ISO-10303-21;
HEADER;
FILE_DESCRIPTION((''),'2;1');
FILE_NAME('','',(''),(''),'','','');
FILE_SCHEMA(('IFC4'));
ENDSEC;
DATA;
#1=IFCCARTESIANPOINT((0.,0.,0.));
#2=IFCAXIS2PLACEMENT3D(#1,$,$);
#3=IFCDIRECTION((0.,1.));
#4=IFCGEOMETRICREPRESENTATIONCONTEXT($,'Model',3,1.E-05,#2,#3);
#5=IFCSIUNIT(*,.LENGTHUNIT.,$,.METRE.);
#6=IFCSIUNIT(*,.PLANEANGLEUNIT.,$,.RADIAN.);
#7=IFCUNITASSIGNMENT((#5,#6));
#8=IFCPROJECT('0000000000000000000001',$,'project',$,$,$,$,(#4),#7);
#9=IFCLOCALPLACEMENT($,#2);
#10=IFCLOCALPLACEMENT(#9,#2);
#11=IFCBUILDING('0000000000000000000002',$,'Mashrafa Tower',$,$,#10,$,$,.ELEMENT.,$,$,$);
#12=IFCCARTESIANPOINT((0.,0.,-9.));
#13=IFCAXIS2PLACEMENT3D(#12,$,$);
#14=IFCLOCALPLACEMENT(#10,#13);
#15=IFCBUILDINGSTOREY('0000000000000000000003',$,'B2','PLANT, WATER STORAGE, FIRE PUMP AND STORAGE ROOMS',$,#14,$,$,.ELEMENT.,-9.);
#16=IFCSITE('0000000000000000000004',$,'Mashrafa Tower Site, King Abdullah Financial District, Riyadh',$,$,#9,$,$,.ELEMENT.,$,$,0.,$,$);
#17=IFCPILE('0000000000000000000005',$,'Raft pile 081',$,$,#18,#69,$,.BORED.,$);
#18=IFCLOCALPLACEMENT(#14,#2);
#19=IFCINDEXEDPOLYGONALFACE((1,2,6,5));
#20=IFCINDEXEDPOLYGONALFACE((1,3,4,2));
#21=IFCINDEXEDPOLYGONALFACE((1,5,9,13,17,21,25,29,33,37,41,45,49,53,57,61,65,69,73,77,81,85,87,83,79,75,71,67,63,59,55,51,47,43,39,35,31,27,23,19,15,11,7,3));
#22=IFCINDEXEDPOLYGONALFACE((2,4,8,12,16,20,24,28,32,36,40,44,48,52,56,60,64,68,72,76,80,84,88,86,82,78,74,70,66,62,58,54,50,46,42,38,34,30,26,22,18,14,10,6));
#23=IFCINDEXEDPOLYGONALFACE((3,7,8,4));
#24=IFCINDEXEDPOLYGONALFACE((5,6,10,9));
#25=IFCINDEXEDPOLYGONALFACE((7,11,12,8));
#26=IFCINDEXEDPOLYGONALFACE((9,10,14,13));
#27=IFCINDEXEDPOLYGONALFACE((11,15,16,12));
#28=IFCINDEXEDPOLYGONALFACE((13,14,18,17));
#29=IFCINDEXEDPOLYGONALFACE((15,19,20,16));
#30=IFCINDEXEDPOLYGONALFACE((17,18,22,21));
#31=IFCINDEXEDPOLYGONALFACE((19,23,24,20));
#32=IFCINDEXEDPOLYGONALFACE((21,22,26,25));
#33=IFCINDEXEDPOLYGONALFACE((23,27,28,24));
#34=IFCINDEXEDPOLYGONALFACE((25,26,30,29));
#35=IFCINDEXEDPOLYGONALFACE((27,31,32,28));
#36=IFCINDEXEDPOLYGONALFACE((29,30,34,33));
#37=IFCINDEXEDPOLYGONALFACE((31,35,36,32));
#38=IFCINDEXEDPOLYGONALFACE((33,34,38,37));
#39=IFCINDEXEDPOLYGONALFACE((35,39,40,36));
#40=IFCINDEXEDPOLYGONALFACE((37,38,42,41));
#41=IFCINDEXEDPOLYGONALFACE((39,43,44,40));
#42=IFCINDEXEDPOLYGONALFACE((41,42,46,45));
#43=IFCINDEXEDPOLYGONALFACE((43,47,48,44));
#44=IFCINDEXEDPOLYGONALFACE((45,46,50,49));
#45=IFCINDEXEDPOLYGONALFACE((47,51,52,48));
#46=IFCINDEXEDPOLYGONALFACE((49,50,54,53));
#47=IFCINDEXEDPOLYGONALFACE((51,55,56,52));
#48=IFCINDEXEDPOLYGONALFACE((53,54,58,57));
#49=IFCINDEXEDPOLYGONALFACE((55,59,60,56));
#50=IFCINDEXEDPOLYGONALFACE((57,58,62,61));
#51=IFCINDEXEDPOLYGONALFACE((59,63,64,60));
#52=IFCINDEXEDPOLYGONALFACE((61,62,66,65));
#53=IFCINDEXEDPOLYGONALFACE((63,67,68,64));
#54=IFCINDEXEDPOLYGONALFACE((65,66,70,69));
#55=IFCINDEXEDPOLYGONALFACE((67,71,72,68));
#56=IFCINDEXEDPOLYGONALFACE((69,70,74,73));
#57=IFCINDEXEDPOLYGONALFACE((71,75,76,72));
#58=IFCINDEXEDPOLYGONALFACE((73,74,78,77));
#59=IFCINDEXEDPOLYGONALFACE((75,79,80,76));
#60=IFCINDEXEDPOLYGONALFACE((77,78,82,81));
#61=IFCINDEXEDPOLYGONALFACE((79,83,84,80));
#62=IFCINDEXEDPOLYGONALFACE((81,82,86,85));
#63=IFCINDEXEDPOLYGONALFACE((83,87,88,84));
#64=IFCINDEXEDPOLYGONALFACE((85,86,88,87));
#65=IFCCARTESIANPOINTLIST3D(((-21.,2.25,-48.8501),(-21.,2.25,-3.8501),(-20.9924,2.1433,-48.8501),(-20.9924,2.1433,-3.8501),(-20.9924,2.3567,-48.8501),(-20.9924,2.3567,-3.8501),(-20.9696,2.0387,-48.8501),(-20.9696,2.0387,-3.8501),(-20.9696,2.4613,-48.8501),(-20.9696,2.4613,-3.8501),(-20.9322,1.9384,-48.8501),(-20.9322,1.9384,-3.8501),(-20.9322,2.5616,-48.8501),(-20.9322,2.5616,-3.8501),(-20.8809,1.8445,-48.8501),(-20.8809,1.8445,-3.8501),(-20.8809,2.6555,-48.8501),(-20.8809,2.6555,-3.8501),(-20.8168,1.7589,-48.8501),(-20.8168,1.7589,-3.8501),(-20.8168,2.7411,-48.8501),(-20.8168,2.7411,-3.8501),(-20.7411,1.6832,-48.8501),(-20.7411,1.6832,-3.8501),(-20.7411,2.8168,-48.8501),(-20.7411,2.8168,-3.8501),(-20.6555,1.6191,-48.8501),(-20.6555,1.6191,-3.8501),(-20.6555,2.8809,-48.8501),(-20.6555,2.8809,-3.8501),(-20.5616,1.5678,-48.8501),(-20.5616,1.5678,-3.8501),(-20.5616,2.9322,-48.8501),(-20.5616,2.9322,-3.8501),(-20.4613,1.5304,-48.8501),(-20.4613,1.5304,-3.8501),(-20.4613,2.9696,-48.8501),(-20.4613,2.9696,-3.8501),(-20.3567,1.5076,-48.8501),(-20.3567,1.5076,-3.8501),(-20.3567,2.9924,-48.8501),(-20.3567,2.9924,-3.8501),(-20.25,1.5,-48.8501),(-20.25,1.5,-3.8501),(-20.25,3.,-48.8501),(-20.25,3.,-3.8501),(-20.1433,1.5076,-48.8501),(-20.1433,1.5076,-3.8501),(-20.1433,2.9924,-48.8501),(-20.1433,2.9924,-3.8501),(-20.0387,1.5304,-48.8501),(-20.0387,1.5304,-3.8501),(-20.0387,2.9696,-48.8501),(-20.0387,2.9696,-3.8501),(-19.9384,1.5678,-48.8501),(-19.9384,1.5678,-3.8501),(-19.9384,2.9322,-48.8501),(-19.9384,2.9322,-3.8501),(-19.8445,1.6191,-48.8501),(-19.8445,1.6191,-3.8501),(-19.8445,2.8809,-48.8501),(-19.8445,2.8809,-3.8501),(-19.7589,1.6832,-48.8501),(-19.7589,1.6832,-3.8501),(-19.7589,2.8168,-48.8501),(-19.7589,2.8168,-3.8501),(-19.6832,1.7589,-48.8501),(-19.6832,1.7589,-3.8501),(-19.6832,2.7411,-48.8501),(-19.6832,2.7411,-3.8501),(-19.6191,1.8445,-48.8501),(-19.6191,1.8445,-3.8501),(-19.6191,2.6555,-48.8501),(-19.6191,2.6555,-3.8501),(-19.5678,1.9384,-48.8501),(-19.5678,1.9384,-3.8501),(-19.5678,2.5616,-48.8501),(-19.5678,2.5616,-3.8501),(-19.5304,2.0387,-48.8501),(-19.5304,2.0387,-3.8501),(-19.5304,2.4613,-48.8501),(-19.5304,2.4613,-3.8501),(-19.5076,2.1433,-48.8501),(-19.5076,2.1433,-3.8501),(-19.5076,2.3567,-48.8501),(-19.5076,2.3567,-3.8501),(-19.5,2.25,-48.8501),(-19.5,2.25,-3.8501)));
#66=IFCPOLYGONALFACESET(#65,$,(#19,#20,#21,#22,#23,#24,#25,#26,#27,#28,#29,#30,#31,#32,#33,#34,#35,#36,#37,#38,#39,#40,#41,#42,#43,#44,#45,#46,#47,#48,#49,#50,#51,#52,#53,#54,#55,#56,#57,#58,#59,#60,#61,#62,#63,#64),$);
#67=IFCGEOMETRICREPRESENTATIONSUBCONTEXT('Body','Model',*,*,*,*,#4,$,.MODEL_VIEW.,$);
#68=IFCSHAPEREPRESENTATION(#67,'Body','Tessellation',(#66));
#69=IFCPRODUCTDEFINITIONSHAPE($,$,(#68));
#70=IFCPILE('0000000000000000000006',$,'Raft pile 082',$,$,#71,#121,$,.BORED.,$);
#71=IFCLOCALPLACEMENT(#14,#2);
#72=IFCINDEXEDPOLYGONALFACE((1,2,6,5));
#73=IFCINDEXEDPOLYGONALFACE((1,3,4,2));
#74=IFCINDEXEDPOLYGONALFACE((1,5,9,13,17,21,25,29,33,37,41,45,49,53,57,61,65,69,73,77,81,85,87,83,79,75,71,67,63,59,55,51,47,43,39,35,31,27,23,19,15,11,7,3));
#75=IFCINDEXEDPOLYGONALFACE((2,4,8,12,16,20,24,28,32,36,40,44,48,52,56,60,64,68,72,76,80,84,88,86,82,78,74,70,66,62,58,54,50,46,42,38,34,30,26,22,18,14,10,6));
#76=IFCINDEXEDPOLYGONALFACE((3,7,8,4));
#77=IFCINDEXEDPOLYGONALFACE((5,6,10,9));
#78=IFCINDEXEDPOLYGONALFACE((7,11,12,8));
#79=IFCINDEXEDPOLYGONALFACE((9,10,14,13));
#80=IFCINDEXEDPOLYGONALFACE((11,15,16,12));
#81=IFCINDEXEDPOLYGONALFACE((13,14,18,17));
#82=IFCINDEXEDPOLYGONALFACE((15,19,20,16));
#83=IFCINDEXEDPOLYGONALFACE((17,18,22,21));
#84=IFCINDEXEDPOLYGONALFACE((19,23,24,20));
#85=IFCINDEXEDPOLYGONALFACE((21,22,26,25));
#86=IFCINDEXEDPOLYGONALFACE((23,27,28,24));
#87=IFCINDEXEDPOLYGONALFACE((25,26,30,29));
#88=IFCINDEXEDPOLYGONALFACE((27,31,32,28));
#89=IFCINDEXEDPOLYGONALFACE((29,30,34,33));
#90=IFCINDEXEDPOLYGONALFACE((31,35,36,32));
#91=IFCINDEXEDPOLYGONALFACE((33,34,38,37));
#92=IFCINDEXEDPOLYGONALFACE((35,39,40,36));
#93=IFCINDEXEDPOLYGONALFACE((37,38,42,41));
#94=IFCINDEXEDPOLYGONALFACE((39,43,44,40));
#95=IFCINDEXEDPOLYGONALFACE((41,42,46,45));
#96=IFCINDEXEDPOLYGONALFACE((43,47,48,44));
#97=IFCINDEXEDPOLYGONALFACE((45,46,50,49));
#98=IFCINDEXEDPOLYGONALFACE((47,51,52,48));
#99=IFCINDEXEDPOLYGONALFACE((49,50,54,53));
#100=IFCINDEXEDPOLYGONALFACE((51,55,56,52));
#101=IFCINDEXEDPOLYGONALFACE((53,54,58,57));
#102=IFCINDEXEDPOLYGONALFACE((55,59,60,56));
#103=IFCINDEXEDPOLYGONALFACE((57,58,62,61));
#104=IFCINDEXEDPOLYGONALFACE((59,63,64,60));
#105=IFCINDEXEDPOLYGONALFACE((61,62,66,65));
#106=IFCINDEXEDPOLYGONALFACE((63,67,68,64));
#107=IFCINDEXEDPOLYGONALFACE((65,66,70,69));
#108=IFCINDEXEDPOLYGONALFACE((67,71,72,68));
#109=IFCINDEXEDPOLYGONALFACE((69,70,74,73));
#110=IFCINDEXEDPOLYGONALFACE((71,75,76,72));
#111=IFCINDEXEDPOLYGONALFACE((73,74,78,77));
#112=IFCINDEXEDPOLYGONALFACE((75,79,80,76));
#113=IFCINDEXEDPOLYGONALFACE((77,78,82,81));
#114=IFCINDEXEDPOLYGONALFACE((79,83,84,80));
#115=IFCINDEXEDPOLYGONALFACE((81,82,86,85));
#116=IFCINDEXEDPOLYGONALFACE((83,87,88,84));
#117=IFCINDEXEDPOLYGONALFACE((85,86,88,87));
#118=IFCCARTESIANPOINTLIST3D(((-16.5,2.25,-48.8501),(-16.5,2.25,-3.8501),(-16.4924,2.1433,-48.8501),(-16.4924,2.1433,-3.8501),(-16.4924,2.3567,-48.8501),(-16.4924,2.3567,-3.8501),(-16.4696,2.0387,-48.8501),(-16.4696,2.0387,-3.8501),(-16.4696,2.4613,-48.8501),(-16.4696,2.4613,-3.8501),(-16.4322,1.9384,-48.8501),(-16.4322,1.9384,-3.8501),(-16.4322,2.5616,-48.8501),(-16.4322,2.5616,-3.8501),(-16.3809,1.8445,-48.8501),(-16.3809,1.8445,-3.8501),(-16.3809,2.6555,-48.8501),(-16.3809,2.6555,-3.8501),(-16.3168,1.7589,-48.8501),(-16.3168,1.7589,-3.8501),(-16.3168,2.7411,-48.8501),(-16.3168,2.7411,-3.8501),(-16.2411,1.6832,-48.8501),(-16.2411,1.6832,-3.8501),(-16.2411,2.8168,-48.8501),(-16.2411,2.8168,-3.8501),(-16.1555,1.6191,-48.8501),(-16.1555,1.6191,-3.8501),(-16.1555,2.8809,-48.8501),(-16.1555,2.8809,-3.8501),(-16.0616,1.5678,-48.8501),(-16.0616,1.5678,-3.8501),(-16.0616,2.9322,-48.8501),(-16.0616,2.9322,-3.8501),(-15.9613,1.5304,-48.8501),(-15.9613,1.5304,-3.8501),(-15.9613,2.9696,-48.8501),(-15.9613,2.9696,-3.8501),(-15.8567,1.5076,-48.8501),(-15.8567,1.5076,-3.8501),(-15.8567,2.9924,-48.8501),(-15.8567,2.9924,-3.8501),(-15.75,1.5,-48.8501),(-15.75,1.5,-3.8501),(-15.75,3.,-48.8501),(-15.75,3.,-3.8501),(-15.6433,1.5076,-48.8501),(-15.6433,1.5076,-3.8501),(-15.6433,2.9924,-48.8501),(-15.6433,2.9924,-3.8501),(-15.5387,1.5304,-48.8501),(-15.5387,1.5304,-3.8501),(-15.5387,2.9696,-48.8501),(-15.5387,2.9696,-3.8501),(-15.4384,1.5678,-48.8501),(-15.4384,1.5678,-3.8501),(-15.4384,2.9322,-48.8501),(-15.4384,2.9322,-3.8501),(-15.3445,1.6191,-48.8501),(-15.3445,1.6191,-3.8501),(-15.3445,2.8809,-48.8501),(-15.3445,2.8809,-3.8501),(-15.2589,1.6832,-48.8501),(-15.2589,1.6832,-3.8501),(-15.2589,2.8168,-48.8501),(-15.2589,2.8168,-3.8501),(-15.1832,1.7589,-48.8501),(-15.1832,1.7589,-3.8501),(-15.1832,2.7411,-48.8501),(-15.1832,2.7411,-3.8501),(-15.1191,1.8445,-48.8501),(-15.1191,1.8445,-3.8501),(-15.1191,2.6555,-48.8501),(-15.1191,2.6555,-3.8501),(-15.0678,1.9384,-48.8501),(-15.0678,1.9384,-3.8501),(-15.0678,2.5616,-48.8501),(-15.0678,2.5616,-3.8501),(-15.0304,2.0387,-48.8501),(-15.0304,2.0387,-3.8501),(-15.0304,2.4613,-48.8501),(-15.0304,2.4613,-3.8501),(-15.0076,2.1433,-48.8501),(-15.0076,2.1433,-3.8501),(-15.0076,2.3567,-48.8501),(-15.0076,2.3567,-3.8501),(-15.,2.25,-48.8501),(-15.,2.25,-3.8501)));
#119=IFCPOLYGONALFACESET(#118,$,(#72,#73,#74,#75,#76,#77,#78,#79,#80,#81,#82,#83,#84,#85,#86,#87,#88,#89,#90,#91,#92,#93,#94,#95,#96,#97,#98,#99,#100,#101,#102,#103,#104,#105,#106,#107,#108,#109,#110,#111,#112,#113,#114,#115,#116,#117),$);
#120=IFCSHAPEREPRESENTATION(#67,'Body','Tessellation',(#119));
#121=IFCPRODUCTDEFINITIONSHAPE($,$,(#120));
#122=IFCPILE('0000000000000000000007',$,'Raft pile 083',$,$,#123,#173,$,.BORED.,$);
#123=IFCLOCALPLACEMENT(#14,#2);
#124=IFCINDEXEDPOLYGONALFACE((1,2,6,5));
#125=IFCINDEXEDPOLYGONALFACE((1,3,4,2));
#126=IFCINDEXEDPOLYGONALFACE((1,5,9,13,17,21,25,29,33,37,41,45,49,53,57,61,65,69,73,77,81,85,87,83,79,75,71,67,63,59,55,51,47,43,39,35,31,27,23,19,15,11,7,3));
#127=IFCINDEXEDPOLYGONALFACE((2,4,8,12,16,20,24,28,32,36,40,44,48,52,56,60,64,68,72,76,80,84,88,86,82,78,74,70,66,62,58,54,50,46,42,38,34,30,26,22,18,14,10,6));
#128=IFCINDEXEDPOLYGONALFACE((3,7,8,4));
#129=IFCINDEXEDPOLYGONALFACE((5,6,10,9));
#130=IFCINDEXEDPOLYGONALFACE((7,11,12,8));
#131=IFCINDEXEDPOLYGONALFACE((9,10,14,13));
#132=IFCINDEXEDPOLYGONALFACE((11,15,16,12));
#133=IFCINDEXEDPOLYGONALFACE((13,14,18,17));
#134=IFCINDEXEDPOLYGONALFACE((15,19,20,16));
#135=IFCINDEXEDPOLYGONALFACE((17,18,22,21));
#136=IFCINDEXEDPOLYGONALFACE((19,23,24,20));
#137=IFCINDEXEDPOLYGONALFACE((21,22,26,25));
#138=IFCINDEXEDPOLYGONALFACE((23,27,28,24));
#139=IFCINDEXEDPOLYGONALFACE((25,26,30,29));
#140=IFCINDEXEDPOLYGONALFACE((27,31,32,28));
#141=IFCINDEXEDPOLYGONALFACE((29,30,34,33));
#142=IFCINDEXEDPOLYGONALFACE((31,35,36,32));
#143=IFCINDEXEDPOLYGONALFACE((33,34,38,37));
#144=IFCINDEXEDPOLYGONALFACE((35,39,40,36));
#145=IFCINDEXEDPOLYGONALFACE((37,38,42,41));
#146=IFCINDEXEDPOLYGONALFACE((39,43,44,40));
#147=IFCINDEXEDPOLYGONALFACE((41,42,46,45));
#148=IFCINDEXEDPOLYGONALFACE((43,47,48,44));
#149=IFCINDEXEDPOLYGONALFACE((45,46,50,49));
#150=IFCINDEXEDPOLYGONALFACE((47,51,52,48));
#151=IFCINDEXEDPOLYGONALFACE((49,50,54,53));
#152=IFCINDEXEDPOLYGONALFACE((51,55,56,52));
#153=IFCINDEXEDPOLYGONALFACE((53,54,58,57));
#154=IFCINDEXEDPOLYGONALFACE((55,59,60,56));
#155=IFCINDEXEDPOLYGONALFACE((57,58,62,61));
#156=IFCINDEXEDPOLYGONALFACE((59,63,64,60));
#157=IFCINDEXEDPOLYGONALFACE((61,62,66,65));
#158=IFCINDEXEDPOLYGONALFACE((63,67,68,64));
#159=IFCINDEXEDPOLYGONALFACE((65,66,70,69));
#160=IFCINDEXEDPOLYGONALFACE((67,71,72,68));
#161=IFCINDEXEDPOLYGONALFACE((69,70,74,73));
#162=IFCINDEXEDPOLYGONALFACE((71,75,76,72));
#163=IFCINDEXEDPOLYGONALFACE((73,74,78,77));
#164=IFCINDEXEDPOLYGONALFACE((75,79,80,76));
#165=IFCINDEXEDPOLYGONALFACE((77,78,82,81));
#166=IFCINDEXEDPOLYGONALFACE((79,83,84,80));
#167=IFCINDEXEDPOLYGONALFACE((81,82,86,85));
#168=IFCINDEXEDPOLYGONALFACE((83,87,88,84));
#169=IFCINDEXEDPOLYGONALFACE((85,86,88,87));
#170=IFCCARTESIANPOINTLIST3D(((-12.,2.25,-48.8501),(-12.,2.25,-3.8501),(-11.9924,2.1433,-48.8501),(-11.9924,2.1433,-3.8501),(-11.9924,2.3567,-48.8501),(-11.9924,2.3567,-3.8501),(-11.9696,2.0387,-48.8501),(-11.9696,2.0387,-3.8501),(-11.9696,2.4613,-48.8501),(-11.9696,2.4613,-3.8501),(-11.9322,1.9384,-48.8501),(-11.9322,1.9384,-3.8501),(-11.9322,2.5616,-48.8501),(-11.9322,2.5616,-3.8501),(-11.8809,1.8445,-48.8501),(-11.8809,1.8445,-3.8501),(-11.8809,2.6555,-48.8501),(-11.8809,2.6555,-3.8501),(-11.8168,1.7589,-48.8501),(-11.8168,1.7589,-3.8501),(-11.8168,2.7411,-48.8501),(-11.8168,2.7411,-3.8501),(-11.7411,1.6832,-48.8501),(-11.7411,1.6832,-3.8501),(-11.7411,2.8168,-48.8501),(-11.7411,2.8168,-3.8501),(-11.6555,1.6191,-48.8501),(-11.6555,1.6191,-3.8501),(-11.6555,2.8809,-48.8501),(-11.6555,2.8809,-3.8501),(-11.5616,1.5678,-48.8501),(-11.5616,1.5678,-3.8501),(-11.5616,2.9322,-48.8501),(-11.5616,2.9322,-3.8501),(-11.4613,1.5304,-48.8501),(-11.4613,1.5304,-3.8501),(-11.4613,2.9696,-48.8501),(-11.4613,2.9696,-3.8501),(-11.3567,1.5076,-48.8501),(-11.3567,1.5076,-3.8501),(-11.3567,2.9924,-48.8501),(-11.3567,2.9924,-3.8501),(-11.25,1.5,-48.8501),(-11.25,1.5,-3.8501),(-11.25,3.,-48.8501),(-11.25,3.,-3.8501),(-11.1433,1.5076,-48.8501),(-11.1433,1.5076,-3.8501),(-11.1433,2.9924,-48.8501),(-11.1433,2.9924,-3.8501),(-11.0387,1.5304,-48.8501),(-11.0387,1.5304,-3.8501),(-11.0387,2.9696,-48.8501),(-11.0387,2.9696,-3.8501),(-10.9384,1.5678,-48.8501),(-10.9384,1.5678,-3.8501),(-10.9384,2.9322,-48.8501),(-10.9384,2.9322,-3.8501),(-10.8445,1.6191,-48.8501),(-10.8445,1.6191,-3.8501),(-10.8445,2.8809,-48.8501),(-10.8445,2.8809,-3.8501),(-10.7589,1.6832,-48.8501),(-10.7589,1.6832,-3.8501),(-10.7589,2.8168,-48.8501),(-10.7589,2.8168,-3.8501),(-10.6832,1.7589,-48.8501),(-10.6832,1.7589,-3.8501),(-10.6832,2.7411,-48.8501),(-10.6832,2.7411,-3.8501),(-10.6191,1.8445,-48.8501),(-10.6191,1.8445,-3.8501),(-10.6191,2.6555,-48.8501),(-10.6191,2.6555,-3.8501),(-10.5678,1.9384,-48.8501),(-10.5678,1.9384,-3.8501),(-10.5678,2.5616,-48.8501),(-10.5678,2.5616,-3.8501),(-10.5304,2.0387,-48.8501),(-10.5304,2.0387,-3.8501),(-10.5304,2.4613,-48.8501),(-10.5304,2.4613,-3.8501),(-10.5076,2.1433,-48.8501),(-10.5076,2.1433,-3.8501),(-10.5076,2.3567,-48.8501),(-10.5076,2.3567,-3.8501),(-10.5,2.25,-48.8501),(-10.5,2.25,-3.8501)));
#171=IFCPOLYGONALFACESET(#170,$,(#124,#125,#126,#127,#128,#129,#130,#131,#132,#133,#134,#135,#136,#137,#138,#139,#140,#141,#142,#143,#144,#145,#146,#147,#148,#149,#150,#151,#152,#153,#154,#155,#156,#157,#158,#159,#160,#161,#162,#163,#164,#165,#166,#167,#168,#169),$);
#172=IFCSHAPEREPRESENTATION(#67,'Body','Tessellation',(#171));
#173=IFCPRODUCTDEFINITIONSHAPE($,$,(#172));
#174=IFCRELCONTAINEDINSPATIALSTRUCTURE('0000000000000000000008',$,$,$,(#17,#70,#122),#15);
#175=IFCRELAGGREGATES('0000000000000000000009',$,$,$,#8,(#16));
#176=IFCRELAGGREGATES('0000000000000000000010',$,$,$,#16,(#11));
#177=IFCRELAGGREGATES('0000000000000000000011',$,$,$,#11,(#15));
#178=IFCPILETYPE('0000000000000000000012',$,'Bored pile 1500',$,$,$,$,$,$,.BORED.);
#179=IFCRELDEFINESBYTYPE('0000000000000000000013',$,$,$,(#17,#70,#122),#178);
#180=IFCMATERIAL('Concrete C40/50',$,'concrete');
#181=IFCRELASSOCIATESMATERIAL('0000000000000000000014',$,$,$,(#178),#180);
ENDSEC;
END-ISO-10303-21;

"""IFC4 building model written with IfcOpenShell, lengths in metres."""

from ifc_helpers import new_model, si_unit, direction, frame, origin, origin_2d, place, context, subcontext, project, spatial, circle, extrude, material, material_profile, profile_set, type_object, element, save


model = new_model("IFC4")

# Units and contexts
model_context = context("Model", 3, precision=1e-05, world=origin(), true_north=direction((0.0, 1.0)))
body_context = subcontext(model_context, "Body", "Model", "MODEL_VIEW")
ifc_project = project(units=[si_unit("LENGTHUNIT", "METRE"), si_unit("PLANEANGLEUNIT", "RADIAN")], contexts=[model_context])

# Site, building, storey
site_placement = place(None, origin())
site = spatial("IfcSite", under=ifc_project, at=site_placement, Name="Mashrafa Tower Site, King Abdullah Financial District, Riyadh", CompositionType="ELEMENT", RefElevation=0.0)
building_placement = place(site_placement, origin())
building = spatial("IfcBuilding", under=site, at=building_placement, Name="Mashrafa Tower", CompositionType="ELEMENT")
storey_placement = place(building_placement, frame((0.0, 0.0, -9.0)))
storey = spatial("IfcBuildingStorey", under=building, at=storey_placement, Name="B2", Description="PLANT, WATER STORAGE, FIRE PUMP AND STORAGE ROOMS", CompositionType="ELEMENT", Elevation=-9.0)

# Piles
ifc_material_1 = material(Name="Concrete C40/50", Category="concrete")
ifc_material_profile_1 = material_profile(ifc_material_1, circle(Radius=0.75, at=origin_2d()), Name="1500 DIA")
ifc_profile_set_1 = profile_set([ifc_material_profile_1], Name="Concrete C40/50")
pile_type = type_object("IfcPileType", Name="Bored pile 1500", PredefinedType="BORED", material=ifc_profile_set_1)
for number, where, z_axis, x_axis, name in (
    (1, (-20.25, 2.25, -3.8501), (0.0, 0.0, -1.0), (1.0, 0.0, 0.0), "Raft pile 081"),
    (2, (-15.75, 2.25, -3.8501), (0.0, 0.0, -1.0), (1.0, 0.0, 0.0), "Raft pile 082"),
    (3, (-11.25, 2.25, -3.8501), (0.0, 0.0, -1.0), (1.0, 0.0, 0.0), "Raft pile 083"),
):
    element("IfcPile", number, at=place(storey_placement, frame(where, z_axis=z_axis, x_axis=x_axis)), inside=storey, type_object=pile_type, Name=name, PredefinedType="BORED", context=body_context, shape_type="SweptSolid", body=[
        extrude(circle(Radius=0.75, at=origin_2d()), origin(), (0.0, 0.0, 1.0), 45.0),
    ])

save(model, "model.ifc")
